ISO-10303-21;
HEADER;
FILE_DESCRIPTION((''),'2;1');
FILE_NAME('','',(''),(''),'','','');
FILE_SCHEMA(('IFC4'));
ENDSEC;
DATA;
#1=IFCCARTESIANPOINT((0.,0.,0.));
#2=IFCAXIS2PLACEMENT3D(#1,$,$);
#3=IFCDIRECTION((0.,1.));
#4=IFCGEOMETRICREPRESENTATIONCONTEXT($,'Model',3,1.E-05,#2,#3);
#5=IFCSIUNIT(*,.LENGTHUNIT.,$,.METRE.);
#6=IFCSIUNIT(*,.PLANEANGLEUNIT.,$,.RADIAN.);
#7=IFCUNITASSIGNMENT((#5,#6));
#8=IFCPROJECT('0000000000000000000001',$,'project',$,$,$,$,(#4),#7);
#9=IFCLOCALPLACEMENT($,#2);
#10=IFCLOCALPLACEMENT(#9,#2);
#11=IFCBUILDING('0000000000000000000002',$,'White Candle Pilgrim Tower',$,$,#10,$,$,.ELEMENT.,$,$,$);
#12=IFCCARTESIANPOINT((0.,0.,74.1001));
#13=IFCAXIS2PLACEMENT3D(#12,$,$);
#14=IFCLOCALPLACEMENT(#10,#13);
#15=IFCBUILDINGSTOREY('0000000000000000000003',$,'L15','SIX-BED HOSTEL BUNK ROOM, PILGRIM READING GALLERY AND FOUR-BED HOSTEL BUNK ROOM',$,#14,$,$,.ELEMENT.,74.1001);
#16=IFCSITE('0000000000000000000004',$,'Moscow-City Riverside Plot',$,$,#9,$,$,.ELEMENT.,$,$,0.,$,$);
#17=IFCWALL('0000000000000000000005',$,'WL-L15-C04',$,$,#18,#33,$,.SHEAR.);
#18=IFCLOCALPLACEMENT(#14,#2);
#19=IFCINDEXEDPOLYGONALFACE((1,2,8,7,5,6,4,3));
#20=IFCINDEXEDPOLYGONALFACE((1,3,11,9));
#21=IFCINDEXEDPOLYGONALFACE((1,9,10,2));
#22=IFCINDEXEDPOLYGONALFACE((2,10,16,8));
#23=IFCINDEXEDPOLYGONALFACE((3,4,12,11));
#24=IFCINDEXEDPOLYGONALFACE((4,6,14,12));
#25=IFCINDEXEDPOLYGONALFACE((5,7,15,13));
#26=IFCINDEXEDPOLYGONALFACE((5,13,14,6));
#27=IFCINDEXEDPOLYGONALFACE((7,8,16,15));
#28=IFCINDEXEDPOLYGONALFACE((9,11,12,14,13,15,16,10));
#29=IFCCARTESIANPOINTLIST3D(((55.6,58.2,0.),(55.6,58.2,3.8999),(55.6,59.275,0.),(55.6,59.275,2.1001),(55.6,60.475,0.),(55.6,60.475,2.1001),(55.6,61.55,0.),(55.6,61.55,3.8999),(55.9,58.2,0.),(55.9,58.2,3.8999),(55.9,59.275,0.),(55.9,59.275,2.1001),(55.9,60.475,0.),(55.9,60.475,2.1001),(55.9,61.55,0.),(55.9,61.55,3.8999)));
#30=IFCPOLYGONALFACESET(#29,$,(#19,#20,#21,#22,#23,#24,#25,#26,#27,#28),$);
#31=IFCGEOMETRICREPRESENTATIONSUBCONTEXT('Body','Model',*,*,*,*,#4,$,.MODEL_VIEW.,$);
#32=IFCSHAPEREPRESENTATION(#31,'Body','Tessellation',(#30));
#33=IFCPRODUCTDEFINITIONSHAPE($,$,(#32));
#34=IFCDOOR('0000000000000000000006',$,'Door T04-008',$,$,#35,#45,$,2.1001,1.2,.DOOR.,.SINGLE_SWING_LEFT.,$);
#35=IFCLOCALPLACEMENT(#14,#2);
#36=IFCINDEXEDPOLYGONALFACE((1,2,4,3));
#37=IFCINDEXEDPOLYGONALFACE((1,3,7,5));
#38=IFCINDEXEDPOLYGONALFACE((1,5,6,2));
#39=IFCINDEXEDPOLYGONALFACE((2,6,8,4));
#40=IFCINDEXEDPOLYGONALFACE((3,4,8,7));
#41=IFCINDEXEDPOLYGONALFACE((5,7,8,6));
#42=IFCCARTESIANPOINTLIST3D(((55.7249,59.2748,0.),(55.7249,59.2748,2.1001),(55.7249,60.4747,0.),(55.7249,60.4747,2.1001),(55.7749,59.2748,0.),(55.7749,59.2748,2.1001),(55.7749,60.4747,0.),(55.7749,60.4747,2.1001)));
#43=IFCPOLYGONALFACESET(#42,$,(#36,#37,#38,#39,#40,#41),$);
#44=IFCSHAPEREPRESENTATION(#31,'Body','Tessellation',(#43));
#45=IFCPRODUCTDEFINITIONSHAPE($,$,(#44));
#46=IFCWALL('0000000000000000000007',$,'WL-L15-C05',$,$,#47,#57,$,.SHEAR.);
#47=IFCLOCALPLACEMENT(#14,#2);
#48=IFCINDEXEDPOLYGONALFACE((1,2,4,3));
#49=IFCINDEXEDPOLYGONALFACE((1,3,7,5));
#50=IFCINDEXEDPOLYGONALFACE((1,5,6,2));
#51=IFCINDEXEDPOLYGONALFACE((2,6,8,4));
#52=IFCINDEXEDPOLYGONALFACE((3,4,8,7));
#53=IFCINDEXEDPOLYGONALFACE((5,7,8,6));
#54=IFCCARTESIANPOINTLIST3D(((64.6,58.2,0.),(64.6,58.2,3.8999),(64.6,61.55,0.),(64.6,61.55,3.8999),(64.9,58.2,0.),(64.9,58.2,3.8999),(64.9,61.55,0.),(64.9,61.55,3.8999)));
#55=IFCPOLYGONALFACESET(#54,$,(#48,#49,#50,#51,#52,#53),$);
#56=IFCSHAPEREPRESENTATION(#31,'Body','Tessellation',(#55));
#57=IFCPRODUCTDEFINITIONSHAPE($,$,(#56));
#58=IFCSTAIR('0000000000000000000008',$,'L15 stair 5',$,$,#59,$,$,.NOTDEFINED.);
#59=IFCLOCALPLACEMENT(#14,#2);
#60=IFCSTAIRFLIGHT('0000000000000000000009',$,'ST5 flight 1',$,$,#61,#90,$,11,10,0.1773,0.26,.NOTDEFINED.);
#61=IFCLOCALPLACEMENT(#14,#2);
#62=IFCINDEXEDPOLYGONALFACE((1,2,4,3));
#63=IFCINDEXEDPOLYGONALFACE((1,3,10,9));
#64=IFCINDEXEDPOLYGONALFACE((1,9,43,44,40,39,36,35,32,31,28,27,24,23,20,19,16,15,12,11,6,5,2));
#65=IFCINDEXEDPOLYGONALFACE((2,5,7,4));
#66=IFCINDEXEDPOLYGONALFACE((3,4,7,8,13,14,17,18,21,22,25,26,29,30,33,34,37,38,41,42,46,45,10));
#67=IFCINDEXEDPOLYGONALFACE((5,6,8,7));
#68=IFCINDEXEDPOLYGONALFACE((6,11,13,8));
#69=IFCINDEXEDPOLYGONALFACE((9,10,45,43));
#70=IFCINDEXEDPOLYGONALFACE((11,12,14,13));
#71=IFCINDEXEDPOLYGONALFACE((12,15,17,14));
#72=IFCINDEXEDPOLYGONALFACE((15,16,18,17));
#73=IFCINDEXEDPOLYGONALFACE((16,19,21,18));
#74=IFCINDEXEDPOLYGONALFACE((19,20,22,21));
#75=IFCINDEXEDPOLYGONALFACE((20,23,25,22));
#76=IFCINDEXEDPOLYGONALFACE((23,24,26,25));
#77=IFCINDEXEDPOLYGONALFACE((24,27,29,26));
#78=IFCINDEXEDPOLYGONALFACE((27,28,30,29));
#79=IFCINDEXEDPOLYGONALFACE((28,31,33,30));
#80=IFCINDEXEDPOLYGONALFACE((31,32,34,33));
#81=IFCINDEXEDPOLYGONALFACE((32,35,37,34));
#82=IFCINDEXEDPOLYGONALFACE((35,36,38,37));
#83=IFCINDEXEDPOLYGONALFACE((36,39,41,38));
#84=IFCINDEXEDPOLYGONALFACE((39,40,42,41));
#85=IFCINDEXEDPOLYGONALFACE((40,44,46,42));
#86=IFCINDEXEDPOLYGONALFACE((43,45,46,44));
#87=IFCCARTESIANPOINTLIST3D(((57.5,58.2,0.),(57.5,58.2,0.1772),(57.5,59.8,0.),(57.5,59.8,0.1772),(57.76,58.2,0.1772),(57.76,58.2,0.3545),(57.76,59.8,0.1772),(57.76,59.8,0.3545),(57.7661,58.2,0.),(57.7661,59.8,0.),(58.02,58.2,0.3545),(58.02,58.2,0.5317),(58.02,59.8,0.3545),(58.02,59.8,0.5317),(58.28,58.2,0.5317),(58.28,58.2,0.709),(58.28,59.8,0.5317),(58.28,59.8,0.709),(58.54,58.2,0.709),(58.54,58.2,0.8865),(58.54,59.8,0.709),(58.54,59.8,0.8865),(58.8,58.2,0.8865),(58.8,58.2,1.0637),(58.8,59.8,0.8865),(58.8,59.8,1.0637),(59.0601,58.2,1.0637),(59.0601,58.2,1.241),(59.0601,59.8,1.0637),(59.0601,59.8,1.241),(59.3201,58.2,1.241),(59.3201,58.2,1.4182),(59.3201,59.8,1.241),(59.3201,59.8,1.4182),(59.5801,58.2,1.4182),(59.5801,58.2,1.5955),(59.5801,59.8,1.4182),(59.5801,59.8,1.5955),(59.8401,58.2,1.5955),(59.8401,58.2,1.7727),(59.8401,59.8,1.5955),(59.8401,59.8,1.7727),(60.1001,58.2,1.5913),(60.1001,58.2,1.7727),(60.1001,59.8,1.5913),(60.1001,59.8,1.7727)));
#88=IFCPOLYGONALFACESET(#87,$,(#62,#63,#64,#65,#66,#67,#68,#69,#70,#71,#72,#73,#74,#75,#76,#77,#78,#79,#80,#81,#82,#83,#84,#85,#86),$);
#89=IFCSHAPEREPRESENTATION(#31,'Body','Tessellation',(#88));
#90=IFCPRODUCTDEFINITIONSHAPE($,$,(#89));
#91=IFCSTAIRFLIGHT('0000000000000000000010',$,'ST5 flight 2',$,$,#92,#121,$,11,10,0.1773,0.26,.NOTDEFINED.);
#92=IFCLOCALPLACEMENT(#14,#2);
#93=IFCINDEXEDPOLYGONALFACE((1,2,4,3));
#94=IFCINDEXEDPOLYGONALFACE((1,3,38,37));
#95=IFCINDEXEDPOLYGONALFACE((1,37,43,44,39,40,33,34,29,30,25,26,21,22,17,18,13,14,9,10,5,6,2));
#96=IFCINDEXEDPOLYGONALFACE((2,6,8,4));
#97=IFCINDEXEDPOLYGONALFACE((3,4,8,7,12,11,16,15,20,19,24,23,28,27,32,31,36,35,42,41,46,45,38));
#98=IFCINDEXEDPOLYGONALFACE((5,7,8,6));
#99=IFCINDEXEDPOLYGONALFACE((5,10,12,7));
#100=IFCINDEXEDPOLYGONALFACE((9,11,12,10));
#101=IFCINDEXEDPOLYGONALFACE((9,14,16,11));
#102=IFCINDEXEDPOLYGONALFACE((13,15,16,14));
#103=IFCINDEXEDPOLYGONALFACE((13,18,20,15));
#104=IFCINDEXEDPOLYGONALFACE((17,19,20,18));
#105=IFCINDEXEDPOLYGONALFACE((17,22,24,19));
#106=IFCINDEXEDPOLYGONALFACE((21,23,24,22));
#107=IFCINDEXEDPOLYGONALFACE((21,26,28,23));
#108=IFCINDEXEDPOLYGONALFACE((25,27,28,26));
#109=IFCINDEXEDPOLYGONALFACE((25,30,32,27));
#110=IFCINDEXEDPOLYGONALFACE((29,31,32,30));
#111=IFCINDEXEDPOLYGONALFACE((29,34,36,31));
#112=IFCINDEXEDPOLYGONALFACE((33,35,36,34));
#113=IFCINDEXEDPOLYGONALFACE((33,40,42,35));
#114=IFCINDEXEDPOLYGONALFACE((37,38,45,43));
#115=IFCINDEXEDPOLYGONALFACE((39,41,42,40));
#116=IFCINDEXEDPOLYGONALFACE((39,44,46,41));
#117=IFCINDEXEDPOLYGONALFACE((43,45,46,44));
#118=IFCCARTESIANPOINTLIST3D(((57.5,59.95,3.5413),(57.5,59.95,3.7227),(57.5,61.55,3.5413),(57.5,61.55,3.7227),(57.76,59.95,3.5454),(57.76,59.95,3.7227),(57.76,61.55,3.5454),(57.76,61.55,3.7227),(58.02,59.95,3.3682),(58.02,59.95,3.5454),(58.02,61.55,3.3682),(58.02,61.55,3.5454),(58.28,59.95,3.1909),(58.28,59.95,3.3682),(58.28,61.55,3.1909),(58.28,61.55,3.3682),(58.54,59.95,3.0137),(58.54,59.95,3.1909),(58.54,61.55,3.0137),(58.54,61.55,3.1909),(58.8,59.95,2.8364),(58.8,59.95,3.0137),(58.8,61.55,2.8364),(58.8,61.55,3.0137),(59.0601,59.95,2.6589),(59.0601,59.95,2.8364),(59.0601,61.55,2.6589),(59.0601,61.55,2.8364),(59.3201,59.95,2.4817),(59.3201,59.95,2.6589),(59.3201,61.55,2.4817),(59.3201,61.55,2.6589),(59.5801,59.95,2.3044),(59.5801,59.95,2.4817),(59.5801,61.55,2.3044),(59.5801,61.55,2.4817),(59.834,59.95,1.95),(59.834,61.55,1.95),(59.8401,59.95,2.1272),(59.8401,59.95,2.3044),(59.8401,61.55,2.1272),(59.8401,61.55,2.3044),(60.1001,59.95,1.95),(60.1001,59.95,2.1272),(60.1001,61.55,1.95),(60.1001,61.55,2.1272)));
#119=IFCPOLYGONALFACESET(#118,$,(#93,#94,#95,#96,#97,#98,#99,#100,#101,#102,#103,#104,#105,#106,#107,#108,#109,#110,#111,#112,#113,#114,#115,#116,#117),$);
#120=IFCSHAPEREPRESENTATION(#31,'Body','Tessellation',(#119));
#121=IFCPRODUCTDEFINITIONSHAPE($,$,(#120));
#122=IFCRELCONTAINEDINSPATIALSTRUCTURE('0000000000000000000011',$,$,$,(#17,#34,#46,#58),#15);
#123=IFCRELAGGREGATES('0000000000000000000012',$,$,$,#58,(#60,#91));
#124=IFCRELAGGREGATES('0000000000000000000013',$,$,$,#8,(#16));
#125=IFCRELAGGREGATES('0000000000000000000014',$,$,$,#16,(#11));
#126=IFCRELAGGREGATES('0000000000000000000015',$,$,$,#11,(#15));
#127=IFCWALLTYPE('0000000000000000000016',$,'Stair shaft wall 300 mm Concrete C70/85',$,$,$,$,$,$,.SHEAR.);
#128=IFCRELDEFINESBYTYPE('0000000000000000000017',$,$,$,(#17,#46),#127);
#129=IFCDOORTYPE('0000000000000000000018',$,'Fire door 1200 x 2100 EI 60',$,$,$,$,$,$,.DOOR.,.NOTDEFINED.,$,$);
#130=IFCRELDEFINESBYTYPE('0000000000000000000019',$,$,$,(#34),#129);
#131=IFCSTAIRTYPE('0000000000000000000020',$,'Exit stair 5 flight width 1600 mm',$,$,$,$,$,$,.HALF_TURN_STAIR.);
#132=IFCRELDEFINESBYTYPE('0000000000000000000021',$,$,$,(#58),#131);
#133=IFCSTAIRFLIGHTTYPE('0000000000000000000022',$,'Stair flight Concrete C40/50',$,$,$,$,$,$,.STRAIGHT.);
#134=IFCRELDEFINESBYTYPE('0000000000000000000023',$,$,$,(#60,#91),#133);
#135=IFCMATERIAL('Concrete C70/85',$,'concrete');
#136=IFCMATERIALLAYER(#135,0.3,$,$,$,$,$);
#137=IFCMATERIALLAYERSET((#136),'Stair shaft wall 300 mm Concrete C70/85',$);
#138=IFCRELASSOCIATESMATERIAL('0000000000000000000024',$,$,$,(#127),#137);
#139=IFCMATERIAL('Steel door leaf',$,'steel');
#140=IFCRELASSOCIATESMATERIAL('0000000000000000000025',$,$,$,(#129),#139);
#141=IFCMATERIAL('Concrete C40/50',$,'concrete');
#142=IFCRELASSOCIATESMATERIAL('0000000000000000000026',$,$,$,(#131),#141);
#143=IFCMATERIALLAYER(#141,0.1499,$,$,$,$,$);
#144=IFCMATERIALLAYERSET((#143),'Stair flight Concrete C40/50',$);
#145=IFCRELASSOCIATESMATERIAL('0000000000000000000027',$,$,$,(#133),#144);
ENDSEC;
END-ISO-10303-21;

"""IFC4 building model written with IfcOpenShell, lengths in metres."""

from ifc_helpers import new_model, si_unit, direction, frame, frame_2d, origin, place, context, subcontext, project, spatial, polyline, rectangle, outline, extrude, material, layer, layer_set, type_object, element, fill, aggregate, save


model = new_model("IFC4")

# Units and contexts
model_context = context("Model", 3, precision=1e-05, world=origin(), true_north=direction((0.0, 1.0)))
body_context = subcontext(model_context, "Body", "Model", "MODEL_VIEW")
ifc_project = project(units=[si_unit("LENGTHUNIT", "METRE"), si_unit("PLANEANGLEUNIT", "RADIAN")], contexts=[model_context])

# Site, building, storey
site_placement = place(None, origin())
site = spatial("IfcSite", under=ifc_project, at=site_placement, Name="Moscow-City Riverside Plot", CompositionType="ELEMENT", RefElevation=0.0)
building_placement = place(site_placement, origin())
building = spatial("IfcBuilding", under=site, at=building_placement, Name="White Candle Pilgrim Tower", CompositionType="ELEMENT")
storey_placement = place(building_placement, frame((0.0, 0.0, 74.1001)))
storey = spatial("IfcBuildingStorey", under=building, at=storey_placement, Name="L15", Description="SIX-BED HOSTEL BUNK ROOM, PILGRIM READING GALLERY AND FOUR-BED HOSTEL BUNK ROOM", CompositionType="ELEMENT", Elevation=74.1001)

# Shared definitions
ifc_material_1 = material(Name="Concrete C70/85", Category="concrete")

# Shared definitions
ifc_material_2 = material(Name="Steel door leaf", Category="steel")

# Wall, opening, door
ifc_layer_1 = layer(ifc_material_1, 0.3)
ifc_layer_set_1 = layer_set([ifc_layer_1], Name="Stair shaft wall 300 mm Concrete C70/85")
wall_type_1 = type_object("IfcWallType", Name="Stair shaft wall 300 mm Concrete C70/85", PredefinedType="SHEAR", material=ifc_layer_set_1)
wall_1_placement = place(storey_placement, frame((55.75, 58.2, 0.0), z_axis=(0.0, 0.0, 1.0), x_axis=(0.0, 1.0, 0.0)))
wall_1 = element("IfcWall", 1, at=wall_1_placement, inside=storey, type_object=wall_type_1, Name="WL-L15-C04", PredefinedType="SHEAR", context=body_context, shape_type="SweptSolid", body=[
    extrude(rectangle(XDim=3.3501, YDim=0.3, at=frame_2d((1.675, 0.0))), origin(), (0.0, 0.0, 1.0), 3.8999),
])
opening_1_placement = place(wall_1_placement, frame((1.075, 0.0, 0.0)))
opening_1 = element("IfcOpeningElement", 2, at=opening_1_placement, cuts=wall_1, PredefinedType="OPENING", context=body_context, shape_type="SweptSolid", body=[
    extrude(rectangle(XDim=1.2, YDim=2.1001, at=frame_2d((0.6001, 1.05))), frame((0.0, 0.1599, 0.0), z_axis=(0.0, -1.0, 0.0), x_axis=(1.0, 0.0, 0.0)), (0.0, 0.0, 1.0), 0.3201),
])
door_type_1 = type_object("IfcDoorType", Name="Fire door 1200 x 2100 EI 60", OperationType="NOTDEFINED", PredefinedType="DOOR", material=ifc_material_2)
door_1_placement = place(opening_1_placement, frame((1.2, 0.0, 0.0), z_axis=(0.0, 0.0, 1.0), x_axis=(-1.0, 0.0, 0.0)))
door_1 = element("IfcDoor", 3, at=door_1_placement, inside=storey, type_object=door_type_1, Name="Door T04-008", OperationType="SINGLE_SWING_LEFT", OverallHeight=2.1001, OverallWidth=1.2, PredefinedType="DOOR", context=body_context, shape_type="SweptSolid", body=[
    extrude(rectangle(XDim=1.2, YDim=2.1001, at=frame_2d((0.6001, 1.05))), frame((0.0, 0.0249, 0.0), z_axis=(0.0, -1.0, 0.0), x_axis=(1.0, 0.0, 0.0)), (0.0, 0.0, 1.0), 0.05),
])
fill(opening_1, door_1)

# Wall
wall_2_placement = place(storey_placement, frame((64.75, 58.2, 0.0), z_axis=(0.0, 0.0, 1.0), x_axis=(0.0, 1.0, 0.0)))
element("IfcWall", 4, at=wall_2_placement, inside=storey, type_object=wall_type_1, Name="WL-L15-C05", PredefinedType="SHEAR", context=body_context, shape_type="SweptSolid", body=[
    extrude(rectangle(XDim=3.3501, YDim=0.3, at=frame_2d((1.675, 0.0))), origin(), (0.0, 0.0, 1.0), 3.8999),
])

# Stair, stair flights
ifc_material_3 = material(Name="Concrete C40/50", Category="concrete")
stair_type = type_object("IfcStairType", Name="Exit stair 5 flight width 1600 mm", PredefinedType="HALF_TURN_STAIR", material=ifc_material_3)
stair_placement = place(storey_placement, origin())
stair = element("IfcStair", 5, at=stair_placement, inside=storey, type_object=stair_type, Name="L15 stair 5", PredefinedType="NOTDEFINED")
ifc_layer_2 = layer(ifc_material_3, 0.1499)
ifc_layer_set_2 = layer_set([ifc_layer_2], Name="Stair flight Concrete C40/50")
stair_flight_type = type_object("IfcStairFlightType", Name="Stair flight Concrete C40/50", PredefinedType="STRAIGHT", material=ifc_layer_set_2)
stair_flight_1_placement = place(storey_placement, frame((57.5, 59.0, 0.0), z_axis=(0.0, 0.0, 1.0), x_axis=(1.0, 0.0, 0.0)))
stair_flight_1 = element("IfcStairFlight", 6, at=stair_flight_1_placement, type_object=stair_flight_type, Name="ST5 flight 1", NumberOfRisers=11, NumberOfTreads=10, PredefinedType="NOTDEFINED", RiserHeight=0.1773, TreadLength=0.26, context=body_context, shape_type="SweptSolid", body=[
    extrude(outline(polyline([(0.0, 0.0), (0.0, 0.1772), (0.26, 0.1772), (0.26, 0.3545), (0.52, 0.3545), (0.52, 0.5317), (0.78, 0.5317), (0.78, 0.709), (1.04, 0.709), (1.04, 0.8865), (1.3, 0.8865), (1.3, 1.0637), (1.5601, 1.0637), (1.5601, 1.241), (1.8201, 1.241), (1.8201, 1.4182), (2.0801, 1.4182), (2.0801, 1.5955), (2.3401, 1.5955), (2.3401, 1.7727), (2.6001, 1.7727), (2.6001, 1.95), (2.6001, 1.5913), (0.2661, 0.0), (0.0, 0.0)])), frame((0.0, 0.8, 0.0), z_axis=(0.0, -1.0, 0.0), x_axis=(1.0, 0.0, 0.0)), (0.0, 0.0, 1.0), 1.6001),
])
stair_flight_2_placement = place(storey_placement, frame((60.1001, 60.75, 1.95), z_axis=(0.0, 0.0, 1.0), x_axis=(-1.0, 0.0, 0.0)))
stair_flight_2 = element("IfcStairFlight", 7, at=stair_flight_2_placement, type_object=stair_flight_type, Name="ST5 flight 2", NumberOfRisers=11, NumberOfTreads=10, PredefinedType="NOTDEFINED", RiserHeight=0.1773, TreadLength=0.26, context=body_context, shape_type="SweptSolid", body=[
    extrude(outline(polyline([(0.0, 0.0), (0.0, 0.1772), (0.26, 0.1772), (0.26, 0.3545), (0.52, 0.3545), (0.52, 0.5317), (0.78, 0.5317), (0.78, 0.709), (1.04, 0.709), (1.04, 0.8865), (1.3, 0.8865), (1.3, 1.0637), (1.5601, 1.0637), (1.5601, 1.241), (1.8201, 1.241), (1.8201, 1.4182), (2.0801, 1.4182), (2.0801, 1.5955), (2.3401, 1.5955), (2.3401, 1.7727), (2.6001, 1.7727), (2.6001, 1.95), (2.6001, 1.5913), (0.2661, 0.0), (0.0, 0.0)])), frame((0.0, 0.8, 0.0), z_axis=(0.0, -1.0, 0.0), x_axis=(1.0, 0.0, 0.0)), (0.0, 0.0, 1.0), 1.6001),
])
aggregate(stair, [stair_flight_1, stair_flight_2])

save(model, "model.ifc")
